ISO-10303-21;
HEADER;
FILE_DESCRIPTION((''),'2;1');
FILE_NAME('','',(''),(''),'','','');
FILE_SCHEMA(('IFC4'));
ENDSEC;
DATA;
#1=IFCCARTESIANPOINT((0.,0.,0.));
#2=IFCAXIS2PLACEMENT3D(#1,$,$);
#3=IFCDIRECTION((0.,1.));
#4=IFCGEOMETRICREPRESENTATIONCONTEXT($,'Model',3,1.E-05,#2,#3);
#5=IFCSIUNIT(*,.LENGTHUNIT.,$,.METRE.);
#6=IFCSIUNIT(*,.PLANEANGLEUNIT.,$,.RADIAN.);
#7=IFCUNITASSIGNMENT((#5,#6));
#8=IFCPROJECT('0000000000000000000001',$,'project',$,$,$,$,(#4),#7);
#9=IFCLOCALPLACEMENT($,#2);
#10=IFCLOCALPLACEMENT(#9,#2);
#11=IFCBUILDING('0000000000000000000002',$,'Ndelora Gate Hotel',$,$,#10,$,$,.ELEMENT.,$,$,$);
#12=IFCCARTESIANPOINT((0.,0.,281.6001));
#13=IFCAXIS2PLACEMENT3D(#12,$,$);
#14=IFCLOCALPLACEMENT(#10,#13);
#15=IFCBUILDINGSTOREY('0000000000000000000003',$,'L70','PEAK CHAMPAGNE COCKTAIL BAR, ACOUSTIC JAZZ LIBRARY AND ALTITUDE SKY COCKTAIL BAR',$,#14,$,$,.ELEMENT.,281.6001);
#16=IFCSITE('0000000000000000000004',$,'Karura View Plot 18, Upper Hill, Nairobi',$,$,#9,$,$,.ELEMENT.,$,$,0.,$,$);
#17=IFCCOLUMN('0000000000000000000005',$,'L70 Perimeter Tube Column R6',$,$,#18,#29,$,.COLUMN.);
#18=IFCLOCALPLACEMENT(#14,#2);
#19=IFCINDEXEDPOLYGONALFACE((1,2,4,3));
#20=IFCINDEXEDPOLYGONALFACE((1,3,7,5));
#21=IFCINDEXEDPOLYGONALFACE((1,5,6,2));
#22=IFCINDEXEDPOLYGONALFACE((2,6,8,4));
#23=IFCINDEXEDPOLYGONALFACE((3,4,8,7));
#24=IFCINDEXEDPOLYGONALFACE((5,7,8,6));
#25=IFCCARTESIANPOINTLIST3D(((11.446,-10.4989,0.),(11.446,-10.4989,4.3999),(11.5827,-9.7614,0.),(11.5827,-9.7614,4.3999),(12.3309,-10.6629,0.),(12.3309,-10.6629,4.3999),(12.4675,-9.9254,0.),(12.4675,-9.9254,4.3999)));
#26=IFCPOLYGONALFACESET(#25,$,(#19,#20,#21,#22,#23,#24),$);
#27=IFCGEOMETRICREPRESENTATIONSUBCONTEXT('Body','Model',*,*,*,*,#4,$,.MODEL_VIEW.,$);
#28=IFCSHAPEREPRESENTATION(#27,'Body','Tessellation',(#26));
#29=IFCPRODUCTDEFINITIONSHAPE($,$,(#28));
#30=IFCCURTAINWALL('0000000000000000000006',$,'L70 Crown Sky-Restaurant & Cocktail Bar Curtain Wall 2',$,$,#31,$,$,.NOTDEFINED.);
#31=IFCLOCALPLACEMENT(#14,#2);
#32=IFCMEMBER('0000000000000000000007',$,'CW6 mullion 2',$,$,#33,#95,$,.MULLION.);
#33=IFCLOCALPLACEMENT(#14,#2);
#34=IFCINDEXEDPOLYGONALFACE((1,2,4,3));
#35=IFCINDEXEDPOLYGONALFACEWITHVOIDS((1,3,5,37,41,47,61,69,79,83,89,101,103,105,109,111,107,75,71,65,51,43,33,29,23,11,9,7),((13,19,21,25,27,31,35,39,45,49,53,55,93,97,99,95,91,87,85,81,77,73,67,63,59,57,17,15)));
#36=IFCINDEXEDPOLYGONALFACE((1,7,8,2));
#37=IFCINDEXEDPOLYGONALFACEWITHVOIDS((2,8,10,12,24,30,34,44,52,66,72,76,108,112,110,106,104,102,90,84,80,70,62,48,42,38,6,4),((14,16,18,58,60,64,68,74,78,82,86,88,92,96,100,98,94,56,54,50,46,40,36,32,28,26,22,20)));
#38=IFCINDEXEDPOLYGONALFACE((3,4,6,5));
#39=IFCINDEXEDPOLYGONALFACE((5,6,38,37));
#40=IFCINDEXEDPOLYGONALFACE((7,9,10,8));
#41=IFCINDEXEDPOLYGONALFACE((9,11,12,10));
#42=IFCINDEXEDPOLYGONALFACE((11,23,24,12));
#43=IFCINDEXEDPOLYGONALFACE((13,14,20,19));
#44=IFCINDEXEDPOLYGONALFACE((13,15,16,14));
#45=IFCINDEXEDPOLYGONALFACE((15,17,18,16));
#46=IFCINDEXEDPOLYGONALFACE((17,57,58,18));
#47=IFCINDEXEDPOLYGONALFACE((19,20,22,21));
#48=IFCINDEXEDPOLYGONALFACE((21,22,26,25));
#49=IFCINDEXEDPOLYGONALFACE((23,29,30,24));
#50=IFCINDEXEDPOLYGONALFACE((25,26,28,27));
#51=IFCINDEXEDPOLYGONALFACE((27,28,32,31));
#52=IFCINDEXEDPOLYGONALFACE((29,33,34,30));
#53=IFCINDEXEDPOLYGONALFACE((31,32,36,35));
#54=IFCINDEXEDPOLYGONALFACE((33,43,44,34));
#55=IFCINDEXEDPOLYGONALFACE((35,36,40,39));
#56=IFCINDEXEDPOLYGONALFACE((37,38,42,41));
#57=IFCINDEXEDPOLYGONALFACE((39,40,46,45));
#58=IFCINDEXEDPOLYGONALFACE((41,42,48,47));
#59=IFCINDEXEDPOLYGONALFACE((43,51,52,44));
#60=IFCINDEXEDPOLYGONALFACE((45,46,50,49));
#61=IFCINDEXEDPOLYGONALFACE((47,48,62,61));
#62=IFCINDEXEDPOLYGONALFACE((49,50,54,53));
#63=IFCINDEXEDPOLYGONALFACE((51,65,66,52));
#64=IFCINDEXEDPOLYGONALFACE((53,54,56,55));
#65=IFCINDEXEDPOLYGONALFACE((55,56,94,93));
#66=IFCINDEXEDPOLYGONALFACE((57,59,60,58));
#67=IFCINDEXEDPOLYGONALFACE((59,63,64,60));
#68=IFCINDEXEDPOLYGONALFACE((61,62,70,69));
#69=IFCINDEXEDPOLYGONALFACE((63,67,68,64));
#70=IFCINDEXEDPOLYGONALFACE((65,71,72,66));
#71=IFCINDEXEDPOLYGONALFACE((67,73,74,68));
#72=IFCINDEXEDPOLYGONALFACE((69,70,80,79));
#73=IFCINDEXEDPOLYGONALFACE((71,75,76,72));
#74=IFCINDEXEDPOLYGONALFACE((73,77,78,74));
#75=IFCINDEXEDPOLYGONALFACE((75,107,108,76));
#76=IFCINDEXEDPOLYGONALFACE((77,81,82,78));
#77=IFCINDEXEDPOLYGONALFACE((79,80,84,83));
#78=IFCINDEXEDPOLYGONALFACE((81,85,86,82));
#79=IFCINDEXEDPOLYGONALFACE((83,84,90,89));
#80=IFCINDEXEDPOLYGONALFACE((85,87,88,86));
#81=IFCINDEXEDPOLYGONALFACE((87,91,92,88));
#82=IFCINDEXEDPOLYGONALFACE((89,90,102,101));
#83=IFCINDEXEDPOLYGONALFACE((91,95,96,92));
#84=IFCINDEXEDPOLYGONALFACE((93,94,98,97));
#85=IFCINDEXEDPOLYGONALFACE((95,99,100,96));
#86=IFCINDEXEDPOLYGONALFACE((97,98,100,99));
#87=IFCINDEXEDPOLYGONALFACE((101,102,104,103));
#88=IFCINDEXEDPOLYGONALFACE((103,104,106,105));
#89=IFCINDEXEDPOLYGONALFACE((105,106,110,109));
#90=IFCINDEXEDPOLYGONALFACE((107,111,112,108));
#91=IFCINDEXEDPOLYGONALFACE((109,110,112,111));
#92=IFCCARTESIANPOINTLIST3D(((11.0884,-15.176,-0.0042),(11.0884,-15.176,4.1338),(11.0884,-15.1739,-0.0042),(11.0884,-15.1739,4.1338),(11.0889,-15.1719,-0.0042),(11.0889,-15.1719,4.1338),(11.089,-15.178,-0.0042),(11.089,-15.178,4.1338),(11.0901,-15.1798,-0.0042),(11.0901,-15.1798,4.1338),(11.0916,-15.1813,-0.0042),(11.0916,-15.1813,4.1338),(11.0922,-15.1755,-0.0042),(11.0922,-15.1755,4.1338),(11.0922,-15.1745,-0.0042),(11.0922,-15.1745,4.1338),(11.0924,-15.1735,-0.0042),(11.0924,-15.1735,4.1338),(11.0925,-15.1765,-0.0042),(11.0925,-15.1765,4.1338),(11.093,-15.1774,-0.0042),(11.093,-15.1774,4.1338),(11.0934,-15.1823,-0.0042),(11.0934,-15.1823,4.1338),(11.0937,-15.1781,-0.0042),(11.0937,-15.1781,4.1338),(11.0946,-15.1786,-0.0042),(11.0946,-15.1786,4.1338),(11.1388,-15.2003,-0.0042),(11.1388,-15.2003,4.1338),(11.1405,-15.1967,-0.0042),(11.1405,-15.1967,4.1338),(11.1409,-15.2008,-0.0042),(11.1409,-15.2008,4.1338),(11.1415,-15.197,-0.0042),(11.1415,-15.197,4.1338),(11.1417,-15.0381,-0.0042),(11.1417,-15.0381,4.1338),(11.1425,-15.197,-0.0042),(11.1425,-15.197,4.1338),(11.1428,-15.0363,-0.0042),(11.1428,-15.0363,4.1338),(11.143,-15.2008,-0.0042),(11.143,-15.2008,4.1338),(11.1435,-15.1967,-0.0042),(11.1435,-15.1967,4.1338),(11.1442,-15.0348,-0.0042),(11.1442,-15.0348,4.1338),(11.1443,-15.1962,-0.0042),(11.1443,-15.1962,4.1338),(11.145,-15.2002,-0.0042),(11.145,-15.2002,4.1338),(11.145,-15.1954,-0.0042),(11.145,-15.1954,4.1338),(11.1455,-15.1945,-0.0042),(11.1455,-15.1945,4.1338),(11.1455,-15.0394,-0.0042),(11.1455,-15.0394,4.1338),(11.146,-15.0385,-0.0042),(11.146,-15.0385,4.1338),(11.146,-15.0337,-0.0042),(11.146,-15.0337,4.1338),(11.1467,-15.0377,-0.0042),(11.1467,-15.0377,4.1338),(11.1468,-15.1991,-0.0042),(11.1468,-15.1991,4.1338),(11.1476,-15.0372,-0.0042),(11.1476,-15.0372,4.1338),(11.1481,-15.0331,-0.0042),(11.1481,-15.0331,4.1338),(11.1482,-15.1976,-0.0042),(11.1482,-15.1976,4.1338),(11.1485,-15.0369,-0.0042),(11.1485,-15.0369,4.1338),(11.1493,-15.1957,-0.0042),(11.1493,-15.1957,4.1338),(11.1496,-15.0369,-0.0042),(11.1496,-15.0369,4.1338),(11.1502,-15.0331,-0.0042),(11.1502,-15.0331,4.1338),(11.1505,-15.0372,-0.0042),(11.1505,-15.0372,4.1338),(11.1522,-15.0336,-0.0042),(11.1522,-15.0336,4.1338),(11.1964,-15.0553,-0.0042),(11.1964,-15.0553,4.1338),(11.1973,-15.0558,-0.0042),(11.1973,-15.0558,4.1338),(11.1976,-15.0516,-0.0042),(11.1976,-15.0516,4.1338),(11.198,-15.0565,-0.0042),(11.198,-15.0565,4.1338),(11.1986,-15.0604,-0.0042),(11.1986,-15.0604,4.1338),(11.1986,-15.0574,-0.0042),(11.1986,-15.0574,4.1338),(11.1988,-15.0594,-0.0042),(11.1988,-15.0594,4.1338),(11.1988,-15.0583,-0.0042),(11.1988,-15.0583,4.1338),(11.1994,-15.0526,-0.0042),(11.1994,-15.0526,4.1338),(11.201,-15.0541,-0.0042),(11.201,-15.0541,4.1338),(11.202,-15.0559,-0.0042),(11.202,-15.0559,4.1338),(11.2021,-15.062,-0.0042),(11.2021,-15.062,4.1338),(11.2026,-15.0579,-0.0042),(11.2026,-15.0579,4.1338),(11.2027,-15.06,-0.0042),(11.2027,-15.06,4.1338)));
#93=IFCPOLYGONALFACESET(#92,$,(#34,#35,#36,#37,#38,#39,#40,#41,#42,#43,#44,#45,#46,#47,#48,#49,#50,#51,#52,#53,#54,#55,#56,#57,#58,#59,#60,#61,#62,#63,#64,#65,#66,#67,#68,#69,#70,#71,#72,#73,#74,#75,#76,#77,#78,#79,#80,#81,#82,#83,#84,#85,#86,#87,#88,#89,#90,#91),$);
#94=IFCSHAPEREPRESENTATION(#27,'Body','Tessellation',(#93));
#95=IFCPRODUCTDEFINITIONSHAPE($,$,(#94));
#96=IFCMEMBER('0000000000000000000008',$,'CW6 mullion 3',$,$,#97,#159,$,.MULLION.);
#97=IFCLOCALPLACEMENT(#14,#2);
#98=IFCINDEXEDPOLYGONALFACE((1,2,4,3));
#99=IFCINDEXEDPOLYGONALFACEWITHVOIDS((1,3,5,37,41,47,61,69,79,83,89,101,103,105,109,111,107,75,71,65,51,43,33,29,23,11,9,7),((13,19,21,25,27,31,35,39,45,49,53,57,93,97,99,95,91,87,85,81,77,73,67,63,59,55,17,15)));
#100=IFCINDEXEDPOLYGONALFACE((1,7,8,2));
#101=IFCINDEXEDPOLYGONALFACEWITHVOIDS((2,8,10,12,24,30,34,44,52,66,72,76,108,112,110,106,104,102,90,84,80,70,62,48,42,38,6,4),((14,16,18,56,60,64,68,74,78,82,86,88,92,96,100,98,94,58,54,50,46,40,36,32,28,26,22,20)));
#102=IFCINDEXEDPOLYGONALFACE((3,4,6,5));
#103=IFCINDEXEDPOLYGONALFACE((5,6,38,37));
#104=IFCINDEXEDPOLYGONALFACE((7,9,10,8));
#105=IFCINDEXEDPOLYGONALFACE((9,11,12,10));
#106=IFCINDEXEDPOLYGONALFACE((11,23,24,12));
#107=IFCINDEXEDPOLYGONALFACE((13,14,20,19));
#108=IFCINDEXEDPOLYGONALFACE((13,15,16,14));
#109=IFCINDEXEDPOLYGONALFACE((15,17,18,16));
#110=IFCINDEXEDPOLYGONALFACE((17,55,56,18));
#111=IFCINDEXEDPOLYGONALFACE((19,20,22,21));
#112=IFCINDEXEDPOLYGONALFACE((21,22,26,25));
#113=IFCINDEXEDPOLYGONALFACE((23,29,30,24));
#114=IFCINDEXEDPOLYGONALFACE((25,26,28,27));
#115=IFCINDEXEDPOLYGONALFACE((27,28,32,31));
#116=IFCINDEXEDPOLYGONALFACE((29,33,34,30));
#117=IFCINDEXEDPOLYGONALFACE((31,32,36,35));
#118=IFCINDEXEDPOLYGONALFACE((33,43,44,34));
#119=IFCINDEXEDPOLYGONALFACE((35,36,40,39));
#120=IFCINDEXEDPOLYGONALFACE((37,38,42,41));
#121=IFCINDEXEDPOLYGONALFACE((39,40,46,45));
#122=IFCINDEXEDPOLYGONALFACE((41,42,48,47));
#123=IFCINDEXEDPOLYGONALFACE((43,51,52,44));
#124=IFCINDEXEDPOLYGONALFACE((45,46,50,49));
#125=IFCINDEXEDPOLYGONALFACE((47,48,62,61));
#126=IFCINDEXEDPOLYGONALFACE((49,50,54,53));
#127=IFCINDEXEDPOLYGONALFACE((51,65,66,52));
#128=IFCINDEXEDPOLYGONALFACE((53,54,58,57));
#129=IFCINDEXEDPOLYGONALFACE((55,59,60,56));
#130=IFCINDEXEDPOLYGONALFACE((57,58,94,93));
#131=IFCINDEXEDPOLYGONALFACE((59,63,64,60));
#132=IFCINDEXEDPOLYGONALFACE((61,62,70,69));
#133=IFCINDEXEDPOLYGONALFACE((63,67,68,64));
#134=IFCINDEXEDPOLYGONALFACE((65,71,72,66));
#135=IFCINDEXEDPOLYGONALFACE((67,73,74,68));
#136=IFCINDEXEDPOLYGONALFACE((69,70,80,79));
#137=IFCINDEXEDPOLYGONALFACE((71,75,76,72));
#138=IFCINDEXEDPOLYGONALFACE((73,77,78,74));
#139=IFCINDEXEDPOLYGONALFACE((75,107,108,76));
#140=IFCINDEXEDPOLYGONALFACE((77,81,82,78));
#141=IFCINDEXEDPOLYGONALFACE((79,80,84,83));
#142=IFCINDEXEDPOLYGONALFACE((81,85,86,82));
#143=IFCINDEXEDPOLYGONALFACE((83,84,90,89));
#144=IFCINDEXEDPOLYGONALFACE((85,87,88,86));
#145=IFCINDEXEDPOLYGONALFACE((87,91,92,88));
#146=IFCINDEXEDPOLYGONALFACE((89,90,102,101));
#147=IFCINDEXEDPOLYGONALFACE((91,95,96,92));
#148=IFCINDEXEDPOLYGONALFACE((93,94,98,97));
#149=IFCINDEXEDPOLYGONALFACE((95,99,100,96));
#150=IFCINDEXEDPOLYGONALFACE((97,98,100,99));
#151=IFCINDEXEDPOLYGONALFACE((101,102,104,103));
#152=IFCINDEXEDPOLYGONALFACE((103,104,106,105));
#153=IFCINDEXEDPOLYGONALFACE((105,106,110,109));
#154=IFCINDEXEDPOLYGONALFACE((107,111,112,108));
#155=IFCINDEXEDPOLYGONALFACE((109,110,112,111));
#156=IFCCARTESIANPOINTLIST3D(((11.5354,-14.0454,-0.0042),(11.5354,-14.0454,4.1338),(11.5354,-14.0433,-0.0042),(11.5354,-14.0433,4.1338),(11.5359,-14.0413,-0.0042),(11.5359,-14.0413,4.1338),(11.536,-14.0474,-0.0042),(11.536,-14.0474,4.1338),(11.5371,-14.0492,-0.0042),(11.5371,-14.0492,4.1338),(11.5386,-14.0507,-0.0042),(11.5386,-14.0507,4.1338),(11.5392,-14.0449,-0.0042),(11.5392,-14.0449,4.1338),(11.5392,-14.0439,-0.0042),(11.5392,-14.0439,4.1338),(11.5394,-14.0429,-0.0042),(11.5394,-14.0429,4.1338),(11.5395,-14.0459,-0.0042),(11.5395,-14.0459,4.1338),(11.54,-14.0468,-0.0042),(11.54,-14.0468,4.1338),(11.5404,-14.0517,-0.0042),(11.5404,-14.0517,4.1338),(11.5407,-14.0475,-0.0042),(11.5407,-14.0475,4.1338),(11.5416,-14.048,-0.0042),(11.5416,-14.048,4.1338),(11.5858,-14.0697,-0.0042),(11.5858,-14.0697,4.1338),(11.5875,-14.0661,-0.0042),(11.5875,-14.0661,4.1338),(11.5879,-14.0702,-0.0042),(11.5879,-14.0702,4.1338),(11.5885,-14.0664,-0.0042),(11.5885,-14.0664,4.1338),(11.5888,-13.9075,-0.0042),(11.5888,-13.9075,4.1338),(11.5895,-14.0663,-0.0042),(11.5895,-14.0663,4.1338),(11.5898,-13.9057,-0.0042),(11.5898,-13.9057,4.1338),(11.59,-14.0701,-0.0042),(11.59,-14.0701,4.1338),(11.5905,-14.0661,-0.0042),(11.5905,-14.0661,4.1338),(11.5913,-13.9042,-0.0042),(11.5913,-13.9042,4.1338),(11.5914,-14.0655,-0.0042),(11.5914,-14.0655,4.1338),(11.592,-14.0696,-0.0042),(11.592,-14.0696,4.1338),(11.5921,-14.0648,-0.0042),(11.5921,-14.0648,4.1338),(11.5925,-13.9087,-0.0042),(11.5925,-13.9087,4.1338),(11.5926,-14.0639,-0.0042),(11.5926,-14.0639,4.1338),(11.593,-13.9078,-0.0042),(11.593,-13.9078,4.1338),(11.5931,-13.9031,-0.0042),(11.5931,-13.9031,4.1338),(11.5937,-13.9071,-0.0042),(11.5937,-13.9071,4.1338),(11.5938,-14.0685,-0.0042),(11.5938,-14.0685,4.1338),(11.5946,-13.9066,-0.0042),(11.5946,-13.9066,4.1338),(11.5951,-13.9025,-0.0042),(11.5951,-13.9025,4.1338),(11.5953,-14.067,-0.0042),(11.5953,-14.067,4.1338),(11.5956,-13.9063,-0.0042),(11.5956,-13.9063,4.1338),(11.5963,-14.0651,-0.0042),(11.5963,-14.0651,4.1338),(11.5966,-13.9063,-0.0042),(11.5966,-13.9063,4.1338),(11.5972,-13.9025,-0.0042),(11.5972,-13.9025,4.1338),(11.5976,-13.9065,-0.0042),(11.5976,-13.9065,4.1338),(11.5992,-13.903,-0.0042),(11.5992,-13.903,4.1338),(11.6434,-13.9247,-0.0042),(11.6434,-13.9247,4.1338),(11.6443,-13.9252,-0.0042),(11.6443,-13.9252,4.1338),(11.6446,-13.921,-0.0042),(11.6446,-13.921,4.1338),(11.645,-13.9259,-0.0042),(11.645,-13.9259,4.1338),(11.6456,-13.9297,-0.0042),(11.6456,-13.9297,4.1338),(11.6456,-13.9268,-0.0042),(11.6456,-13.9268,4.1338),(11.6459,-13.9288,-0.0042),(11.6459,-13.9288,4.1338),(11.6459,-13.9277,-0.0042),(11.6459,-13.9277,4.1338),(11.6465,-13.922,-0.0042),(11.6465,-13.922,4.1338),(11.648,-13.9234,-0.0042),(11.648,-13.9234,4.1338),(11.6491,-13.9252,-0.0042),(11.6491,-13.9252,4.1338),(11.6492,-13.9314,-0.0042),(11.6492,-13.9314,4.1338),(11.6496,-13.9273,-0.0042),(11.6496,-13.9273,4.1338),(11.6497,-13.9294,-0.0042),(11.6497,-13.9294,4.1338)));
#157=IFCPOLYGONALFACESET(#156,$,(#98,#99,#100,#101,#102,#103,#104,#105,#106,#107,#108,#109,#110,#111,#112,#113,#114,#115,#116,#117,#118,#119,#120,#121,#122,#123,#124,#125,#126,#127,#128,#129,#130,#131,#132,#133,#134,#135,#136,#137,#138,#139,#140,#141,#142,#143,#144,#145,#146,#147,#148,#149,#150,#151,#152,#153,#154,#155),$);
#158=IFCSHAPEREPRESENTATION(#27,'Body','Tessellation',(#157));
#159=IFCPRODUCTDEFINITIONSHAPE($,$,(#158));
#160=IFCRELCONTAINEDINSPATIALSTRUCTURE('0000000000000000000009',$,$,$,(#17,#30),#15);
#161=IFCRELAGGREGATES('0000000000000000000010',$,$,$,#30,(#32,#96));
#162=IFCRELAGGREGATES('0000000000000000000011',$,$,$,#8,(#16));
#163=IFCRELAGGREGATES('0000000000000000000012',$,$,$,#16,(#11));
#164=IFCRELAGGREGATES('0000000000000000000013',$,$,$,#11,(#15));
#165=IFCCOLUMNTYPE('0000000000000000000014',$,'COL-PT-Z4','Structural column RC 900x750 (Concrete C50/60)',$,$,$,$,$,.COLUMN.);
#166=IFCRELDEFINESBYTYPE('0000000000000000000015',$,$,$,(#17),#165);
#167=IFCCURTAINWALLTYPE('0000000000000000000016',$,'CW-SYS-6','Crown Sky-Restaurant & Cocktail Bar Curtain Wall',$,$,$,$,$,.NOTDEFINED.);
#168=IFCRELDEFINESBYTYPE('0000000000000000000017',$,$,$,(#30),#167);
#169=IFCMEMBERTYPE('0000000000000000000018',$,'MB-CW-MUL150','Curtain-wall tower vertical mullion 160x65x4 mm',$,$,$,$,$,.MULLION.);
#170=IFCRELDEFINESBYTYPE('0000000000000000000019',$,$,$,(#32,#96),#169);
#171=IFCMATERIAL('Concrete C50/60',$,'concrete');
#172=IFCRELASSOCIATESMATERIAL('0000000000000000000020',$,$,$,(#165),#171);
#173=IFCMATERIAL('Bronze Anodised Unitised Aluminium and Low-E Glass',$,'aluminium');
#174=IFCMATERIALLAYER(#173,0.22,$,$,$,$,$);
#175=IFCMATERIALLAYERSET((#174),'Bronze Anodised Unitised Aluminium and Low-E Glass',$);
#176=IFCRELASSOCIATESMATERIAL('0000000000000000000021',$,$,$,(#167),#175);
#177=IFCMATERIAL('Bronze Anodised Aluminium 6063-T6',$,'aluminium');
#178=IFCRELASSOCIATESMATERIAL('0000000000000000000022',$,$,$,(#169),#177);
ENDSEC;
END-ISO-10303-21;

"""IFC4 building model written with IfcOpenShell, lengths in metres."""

from ifc_helpers import new_model, si_unit, direction, frame, origin, origin_2d, place, context, subcontext, project, spatial, rectangle, hollow_rectangle, extrude, material, layer, layer_set, material_profile, profile_set, type_object, element, aggregate, save


model = new_model("IFC4")

# Units and contexts
model_context = context("Model", 3, precision=1e-05, world=origin(), true_north=direction((0.0, 1.0)))
body_context = subcontext(model_context, "Body", "Model", "MODEL_VIEW")
ifc_project = project(units=[si_unit("LENGTHUNIT", "METRE"), si_unit("PLANEANGLEUNIT", "RADIAN")], contexts=[model_context])

# Site, building, storey
site_placement = place(None, origin())
site = spatial("IfcSite", under=ifc_project, at=site_placement, Name="Karura View Plot 18, Upper Hill, Nairobi", CompositionType="ELEMENT", RefElevation=0.0)
building_placement = place(site_placement, origin())
building = spatial("IfcBuilding", under=site, at=building_placement, Name="Ndelora Gate Hotel", CompositionType="ELEMENT")
storey_placement = place(building_placement, frame((0.0, 0.0, 281.6001)))
storey = spatial("IfcBuildingStorey", under=building, at=storey_placement, Name="L70", Description="PEAK CHAMPAGNE COCKTAIL BAR, ACOUSTIC JAZZ LIBRARY AND ALTITUDE SKY COCKTAIL BAR", CompositionType="ELEMENT", Elevation=281.6001)

# Column
ifc_material_1 = material(Name="Concrete C50/60", Category="concrete")
ifc_material_profile_1 = material_profile(ifc_material_1, rectangle(XDim=0.75, YDim=0.8999, at=origin_2d()), Name="RC 900x750")
ifc_profile_set_1 = profile_set([ifc_material_profile_1], Name="Concrete C50/60")
column_type = type_object("IfcColumnType", Name="COL-PT-Z4", Description="Structural column RC 900x750 (Concrete C50/60)", PredefinedType="COLUMN", material=ifc_profile_set_1)
column_placement = place(storey_placement, frame((11.9568, -10.2122, 0.0), z_axis=(0.0, 0.0, 1.0), x_axis=(0.182236, 0.983255, 0.0)))
element("IfcColumn", 1, at=column_placement, inside=storey, type_object=column_type, Name="L70 Perimeter Tube Column R6", PredefinedType="COLUMN", context=body_context, shape_type="SweptSolid", body=[
    extrude(rectangle(XDim=0.75, YDim=0.8999, at=origin_2d()), origin(), (0.0, 0.0, 1.0), 4.3999),
])

# Curtain wall, members
ifc_material_2 = material(Name="Bronze Anodised Unitised Aluminium and Low-E Glass", Category="aluminium")
ifc_layer_1 = layer(ifc_material_2, 0.22)
ifc_layer_set_1 = layer_set([ifc_layer_1], Name="Bronze Anodised Unitised Aluminium and Low-E Glass")
curtain_wall_type = type_object("IfcCurtainWallType", Name="CW-SYS-6", Description="Crown Sky-Restaurant & Cocktail Bar Curtain Wall", PredefinedType="NOTDEFINED", material=ifc_layer_set_1)
curtain_wall_placement = place(storey_placement, origin())
curtain_wall = element("IfcCurtainWall", 2, at=curtain_wall_placement, inside=storey, type_object=curtain_wall_type, Name="L70 Crown Sky-Restaurant & Cocktail Bar Curtain Wall 2", PredefinedType="NOTDEFINED")
ifc_material_3 = material(Name="Bronze Anodised Aluminium 6063-T6", Category="aluminium")
ifc_material_profile_2 = material_profile(ifc_material_3, hollow_rectangle(XDim=0.0649, YDim=0.1599, WallThickness=0.0039, InnerFilletRadius=0.0039, OuterFilletRadius=0.0081, at=origin_2d()), Name="ALU 160x65x4")
ifc_profile_set_2 = profile_set([ifc_material_profile_2], Name="Bronze Anodised Aluminium 6063-T6")
member_type_1 = type_object("IfcMemberType", Name="MB-CW-MUL150", Description="Curtain-wall tower vertical mullion 160x65x4 mm", PredefinedType="MULLION", material=ifc_profile_set_2)
member_1_placement = place(storey_placement, frame((11.1455, -15.1169, -0.0042), z_axis=(0.0, 0.0, 1.0), x_axis=(-0.929944, 0.3677, 0.0)))
member_1 = element("IfcMember", 3, at=member_1_placement, type_object=member_type_1, Name="CW6 mullion 2", PredefinedType="MULLION", context=body_context, shape_type="SweptSolid", body=[
    extrude(hollow_rectangle(XDim=0.0649, YDim=0.1599, WallThickness=0.0039, InnerFilletRadius=0.0039, OuterFilletRadius=0.0081, at=origin_2d()), origin(), (0.0, 0.0, 1.0), 4.1379),
])
member_2_placement = place(storey_placement, frame((11.5925, -13.9863, -0.0042), z_axis=(0.0, 0.0, 1.0), x_axis=(-0.929944, 0.3677, 0.0)))
member_2 = element("IfcMember", 4, at=member_2_placement, type_object=member_type_1, Name="CW6 mullion 3", PredefinedType="MULLION", context=body_context, shape_type="SweptSolid", body=[
    extrude(hollow_rectangle(XDim=0.0649, YDim=0.1599, WallThickness=0.0039, InnerFilletRadius=0.0039, OuterFilletRadius=0.0081, at=origin_2d()), origin(), (0.0, 0.0, 1.0), 4.1379),
])
aggregate(curtain_wall, [member_1, member_2])

save(model, "model.ifc")
